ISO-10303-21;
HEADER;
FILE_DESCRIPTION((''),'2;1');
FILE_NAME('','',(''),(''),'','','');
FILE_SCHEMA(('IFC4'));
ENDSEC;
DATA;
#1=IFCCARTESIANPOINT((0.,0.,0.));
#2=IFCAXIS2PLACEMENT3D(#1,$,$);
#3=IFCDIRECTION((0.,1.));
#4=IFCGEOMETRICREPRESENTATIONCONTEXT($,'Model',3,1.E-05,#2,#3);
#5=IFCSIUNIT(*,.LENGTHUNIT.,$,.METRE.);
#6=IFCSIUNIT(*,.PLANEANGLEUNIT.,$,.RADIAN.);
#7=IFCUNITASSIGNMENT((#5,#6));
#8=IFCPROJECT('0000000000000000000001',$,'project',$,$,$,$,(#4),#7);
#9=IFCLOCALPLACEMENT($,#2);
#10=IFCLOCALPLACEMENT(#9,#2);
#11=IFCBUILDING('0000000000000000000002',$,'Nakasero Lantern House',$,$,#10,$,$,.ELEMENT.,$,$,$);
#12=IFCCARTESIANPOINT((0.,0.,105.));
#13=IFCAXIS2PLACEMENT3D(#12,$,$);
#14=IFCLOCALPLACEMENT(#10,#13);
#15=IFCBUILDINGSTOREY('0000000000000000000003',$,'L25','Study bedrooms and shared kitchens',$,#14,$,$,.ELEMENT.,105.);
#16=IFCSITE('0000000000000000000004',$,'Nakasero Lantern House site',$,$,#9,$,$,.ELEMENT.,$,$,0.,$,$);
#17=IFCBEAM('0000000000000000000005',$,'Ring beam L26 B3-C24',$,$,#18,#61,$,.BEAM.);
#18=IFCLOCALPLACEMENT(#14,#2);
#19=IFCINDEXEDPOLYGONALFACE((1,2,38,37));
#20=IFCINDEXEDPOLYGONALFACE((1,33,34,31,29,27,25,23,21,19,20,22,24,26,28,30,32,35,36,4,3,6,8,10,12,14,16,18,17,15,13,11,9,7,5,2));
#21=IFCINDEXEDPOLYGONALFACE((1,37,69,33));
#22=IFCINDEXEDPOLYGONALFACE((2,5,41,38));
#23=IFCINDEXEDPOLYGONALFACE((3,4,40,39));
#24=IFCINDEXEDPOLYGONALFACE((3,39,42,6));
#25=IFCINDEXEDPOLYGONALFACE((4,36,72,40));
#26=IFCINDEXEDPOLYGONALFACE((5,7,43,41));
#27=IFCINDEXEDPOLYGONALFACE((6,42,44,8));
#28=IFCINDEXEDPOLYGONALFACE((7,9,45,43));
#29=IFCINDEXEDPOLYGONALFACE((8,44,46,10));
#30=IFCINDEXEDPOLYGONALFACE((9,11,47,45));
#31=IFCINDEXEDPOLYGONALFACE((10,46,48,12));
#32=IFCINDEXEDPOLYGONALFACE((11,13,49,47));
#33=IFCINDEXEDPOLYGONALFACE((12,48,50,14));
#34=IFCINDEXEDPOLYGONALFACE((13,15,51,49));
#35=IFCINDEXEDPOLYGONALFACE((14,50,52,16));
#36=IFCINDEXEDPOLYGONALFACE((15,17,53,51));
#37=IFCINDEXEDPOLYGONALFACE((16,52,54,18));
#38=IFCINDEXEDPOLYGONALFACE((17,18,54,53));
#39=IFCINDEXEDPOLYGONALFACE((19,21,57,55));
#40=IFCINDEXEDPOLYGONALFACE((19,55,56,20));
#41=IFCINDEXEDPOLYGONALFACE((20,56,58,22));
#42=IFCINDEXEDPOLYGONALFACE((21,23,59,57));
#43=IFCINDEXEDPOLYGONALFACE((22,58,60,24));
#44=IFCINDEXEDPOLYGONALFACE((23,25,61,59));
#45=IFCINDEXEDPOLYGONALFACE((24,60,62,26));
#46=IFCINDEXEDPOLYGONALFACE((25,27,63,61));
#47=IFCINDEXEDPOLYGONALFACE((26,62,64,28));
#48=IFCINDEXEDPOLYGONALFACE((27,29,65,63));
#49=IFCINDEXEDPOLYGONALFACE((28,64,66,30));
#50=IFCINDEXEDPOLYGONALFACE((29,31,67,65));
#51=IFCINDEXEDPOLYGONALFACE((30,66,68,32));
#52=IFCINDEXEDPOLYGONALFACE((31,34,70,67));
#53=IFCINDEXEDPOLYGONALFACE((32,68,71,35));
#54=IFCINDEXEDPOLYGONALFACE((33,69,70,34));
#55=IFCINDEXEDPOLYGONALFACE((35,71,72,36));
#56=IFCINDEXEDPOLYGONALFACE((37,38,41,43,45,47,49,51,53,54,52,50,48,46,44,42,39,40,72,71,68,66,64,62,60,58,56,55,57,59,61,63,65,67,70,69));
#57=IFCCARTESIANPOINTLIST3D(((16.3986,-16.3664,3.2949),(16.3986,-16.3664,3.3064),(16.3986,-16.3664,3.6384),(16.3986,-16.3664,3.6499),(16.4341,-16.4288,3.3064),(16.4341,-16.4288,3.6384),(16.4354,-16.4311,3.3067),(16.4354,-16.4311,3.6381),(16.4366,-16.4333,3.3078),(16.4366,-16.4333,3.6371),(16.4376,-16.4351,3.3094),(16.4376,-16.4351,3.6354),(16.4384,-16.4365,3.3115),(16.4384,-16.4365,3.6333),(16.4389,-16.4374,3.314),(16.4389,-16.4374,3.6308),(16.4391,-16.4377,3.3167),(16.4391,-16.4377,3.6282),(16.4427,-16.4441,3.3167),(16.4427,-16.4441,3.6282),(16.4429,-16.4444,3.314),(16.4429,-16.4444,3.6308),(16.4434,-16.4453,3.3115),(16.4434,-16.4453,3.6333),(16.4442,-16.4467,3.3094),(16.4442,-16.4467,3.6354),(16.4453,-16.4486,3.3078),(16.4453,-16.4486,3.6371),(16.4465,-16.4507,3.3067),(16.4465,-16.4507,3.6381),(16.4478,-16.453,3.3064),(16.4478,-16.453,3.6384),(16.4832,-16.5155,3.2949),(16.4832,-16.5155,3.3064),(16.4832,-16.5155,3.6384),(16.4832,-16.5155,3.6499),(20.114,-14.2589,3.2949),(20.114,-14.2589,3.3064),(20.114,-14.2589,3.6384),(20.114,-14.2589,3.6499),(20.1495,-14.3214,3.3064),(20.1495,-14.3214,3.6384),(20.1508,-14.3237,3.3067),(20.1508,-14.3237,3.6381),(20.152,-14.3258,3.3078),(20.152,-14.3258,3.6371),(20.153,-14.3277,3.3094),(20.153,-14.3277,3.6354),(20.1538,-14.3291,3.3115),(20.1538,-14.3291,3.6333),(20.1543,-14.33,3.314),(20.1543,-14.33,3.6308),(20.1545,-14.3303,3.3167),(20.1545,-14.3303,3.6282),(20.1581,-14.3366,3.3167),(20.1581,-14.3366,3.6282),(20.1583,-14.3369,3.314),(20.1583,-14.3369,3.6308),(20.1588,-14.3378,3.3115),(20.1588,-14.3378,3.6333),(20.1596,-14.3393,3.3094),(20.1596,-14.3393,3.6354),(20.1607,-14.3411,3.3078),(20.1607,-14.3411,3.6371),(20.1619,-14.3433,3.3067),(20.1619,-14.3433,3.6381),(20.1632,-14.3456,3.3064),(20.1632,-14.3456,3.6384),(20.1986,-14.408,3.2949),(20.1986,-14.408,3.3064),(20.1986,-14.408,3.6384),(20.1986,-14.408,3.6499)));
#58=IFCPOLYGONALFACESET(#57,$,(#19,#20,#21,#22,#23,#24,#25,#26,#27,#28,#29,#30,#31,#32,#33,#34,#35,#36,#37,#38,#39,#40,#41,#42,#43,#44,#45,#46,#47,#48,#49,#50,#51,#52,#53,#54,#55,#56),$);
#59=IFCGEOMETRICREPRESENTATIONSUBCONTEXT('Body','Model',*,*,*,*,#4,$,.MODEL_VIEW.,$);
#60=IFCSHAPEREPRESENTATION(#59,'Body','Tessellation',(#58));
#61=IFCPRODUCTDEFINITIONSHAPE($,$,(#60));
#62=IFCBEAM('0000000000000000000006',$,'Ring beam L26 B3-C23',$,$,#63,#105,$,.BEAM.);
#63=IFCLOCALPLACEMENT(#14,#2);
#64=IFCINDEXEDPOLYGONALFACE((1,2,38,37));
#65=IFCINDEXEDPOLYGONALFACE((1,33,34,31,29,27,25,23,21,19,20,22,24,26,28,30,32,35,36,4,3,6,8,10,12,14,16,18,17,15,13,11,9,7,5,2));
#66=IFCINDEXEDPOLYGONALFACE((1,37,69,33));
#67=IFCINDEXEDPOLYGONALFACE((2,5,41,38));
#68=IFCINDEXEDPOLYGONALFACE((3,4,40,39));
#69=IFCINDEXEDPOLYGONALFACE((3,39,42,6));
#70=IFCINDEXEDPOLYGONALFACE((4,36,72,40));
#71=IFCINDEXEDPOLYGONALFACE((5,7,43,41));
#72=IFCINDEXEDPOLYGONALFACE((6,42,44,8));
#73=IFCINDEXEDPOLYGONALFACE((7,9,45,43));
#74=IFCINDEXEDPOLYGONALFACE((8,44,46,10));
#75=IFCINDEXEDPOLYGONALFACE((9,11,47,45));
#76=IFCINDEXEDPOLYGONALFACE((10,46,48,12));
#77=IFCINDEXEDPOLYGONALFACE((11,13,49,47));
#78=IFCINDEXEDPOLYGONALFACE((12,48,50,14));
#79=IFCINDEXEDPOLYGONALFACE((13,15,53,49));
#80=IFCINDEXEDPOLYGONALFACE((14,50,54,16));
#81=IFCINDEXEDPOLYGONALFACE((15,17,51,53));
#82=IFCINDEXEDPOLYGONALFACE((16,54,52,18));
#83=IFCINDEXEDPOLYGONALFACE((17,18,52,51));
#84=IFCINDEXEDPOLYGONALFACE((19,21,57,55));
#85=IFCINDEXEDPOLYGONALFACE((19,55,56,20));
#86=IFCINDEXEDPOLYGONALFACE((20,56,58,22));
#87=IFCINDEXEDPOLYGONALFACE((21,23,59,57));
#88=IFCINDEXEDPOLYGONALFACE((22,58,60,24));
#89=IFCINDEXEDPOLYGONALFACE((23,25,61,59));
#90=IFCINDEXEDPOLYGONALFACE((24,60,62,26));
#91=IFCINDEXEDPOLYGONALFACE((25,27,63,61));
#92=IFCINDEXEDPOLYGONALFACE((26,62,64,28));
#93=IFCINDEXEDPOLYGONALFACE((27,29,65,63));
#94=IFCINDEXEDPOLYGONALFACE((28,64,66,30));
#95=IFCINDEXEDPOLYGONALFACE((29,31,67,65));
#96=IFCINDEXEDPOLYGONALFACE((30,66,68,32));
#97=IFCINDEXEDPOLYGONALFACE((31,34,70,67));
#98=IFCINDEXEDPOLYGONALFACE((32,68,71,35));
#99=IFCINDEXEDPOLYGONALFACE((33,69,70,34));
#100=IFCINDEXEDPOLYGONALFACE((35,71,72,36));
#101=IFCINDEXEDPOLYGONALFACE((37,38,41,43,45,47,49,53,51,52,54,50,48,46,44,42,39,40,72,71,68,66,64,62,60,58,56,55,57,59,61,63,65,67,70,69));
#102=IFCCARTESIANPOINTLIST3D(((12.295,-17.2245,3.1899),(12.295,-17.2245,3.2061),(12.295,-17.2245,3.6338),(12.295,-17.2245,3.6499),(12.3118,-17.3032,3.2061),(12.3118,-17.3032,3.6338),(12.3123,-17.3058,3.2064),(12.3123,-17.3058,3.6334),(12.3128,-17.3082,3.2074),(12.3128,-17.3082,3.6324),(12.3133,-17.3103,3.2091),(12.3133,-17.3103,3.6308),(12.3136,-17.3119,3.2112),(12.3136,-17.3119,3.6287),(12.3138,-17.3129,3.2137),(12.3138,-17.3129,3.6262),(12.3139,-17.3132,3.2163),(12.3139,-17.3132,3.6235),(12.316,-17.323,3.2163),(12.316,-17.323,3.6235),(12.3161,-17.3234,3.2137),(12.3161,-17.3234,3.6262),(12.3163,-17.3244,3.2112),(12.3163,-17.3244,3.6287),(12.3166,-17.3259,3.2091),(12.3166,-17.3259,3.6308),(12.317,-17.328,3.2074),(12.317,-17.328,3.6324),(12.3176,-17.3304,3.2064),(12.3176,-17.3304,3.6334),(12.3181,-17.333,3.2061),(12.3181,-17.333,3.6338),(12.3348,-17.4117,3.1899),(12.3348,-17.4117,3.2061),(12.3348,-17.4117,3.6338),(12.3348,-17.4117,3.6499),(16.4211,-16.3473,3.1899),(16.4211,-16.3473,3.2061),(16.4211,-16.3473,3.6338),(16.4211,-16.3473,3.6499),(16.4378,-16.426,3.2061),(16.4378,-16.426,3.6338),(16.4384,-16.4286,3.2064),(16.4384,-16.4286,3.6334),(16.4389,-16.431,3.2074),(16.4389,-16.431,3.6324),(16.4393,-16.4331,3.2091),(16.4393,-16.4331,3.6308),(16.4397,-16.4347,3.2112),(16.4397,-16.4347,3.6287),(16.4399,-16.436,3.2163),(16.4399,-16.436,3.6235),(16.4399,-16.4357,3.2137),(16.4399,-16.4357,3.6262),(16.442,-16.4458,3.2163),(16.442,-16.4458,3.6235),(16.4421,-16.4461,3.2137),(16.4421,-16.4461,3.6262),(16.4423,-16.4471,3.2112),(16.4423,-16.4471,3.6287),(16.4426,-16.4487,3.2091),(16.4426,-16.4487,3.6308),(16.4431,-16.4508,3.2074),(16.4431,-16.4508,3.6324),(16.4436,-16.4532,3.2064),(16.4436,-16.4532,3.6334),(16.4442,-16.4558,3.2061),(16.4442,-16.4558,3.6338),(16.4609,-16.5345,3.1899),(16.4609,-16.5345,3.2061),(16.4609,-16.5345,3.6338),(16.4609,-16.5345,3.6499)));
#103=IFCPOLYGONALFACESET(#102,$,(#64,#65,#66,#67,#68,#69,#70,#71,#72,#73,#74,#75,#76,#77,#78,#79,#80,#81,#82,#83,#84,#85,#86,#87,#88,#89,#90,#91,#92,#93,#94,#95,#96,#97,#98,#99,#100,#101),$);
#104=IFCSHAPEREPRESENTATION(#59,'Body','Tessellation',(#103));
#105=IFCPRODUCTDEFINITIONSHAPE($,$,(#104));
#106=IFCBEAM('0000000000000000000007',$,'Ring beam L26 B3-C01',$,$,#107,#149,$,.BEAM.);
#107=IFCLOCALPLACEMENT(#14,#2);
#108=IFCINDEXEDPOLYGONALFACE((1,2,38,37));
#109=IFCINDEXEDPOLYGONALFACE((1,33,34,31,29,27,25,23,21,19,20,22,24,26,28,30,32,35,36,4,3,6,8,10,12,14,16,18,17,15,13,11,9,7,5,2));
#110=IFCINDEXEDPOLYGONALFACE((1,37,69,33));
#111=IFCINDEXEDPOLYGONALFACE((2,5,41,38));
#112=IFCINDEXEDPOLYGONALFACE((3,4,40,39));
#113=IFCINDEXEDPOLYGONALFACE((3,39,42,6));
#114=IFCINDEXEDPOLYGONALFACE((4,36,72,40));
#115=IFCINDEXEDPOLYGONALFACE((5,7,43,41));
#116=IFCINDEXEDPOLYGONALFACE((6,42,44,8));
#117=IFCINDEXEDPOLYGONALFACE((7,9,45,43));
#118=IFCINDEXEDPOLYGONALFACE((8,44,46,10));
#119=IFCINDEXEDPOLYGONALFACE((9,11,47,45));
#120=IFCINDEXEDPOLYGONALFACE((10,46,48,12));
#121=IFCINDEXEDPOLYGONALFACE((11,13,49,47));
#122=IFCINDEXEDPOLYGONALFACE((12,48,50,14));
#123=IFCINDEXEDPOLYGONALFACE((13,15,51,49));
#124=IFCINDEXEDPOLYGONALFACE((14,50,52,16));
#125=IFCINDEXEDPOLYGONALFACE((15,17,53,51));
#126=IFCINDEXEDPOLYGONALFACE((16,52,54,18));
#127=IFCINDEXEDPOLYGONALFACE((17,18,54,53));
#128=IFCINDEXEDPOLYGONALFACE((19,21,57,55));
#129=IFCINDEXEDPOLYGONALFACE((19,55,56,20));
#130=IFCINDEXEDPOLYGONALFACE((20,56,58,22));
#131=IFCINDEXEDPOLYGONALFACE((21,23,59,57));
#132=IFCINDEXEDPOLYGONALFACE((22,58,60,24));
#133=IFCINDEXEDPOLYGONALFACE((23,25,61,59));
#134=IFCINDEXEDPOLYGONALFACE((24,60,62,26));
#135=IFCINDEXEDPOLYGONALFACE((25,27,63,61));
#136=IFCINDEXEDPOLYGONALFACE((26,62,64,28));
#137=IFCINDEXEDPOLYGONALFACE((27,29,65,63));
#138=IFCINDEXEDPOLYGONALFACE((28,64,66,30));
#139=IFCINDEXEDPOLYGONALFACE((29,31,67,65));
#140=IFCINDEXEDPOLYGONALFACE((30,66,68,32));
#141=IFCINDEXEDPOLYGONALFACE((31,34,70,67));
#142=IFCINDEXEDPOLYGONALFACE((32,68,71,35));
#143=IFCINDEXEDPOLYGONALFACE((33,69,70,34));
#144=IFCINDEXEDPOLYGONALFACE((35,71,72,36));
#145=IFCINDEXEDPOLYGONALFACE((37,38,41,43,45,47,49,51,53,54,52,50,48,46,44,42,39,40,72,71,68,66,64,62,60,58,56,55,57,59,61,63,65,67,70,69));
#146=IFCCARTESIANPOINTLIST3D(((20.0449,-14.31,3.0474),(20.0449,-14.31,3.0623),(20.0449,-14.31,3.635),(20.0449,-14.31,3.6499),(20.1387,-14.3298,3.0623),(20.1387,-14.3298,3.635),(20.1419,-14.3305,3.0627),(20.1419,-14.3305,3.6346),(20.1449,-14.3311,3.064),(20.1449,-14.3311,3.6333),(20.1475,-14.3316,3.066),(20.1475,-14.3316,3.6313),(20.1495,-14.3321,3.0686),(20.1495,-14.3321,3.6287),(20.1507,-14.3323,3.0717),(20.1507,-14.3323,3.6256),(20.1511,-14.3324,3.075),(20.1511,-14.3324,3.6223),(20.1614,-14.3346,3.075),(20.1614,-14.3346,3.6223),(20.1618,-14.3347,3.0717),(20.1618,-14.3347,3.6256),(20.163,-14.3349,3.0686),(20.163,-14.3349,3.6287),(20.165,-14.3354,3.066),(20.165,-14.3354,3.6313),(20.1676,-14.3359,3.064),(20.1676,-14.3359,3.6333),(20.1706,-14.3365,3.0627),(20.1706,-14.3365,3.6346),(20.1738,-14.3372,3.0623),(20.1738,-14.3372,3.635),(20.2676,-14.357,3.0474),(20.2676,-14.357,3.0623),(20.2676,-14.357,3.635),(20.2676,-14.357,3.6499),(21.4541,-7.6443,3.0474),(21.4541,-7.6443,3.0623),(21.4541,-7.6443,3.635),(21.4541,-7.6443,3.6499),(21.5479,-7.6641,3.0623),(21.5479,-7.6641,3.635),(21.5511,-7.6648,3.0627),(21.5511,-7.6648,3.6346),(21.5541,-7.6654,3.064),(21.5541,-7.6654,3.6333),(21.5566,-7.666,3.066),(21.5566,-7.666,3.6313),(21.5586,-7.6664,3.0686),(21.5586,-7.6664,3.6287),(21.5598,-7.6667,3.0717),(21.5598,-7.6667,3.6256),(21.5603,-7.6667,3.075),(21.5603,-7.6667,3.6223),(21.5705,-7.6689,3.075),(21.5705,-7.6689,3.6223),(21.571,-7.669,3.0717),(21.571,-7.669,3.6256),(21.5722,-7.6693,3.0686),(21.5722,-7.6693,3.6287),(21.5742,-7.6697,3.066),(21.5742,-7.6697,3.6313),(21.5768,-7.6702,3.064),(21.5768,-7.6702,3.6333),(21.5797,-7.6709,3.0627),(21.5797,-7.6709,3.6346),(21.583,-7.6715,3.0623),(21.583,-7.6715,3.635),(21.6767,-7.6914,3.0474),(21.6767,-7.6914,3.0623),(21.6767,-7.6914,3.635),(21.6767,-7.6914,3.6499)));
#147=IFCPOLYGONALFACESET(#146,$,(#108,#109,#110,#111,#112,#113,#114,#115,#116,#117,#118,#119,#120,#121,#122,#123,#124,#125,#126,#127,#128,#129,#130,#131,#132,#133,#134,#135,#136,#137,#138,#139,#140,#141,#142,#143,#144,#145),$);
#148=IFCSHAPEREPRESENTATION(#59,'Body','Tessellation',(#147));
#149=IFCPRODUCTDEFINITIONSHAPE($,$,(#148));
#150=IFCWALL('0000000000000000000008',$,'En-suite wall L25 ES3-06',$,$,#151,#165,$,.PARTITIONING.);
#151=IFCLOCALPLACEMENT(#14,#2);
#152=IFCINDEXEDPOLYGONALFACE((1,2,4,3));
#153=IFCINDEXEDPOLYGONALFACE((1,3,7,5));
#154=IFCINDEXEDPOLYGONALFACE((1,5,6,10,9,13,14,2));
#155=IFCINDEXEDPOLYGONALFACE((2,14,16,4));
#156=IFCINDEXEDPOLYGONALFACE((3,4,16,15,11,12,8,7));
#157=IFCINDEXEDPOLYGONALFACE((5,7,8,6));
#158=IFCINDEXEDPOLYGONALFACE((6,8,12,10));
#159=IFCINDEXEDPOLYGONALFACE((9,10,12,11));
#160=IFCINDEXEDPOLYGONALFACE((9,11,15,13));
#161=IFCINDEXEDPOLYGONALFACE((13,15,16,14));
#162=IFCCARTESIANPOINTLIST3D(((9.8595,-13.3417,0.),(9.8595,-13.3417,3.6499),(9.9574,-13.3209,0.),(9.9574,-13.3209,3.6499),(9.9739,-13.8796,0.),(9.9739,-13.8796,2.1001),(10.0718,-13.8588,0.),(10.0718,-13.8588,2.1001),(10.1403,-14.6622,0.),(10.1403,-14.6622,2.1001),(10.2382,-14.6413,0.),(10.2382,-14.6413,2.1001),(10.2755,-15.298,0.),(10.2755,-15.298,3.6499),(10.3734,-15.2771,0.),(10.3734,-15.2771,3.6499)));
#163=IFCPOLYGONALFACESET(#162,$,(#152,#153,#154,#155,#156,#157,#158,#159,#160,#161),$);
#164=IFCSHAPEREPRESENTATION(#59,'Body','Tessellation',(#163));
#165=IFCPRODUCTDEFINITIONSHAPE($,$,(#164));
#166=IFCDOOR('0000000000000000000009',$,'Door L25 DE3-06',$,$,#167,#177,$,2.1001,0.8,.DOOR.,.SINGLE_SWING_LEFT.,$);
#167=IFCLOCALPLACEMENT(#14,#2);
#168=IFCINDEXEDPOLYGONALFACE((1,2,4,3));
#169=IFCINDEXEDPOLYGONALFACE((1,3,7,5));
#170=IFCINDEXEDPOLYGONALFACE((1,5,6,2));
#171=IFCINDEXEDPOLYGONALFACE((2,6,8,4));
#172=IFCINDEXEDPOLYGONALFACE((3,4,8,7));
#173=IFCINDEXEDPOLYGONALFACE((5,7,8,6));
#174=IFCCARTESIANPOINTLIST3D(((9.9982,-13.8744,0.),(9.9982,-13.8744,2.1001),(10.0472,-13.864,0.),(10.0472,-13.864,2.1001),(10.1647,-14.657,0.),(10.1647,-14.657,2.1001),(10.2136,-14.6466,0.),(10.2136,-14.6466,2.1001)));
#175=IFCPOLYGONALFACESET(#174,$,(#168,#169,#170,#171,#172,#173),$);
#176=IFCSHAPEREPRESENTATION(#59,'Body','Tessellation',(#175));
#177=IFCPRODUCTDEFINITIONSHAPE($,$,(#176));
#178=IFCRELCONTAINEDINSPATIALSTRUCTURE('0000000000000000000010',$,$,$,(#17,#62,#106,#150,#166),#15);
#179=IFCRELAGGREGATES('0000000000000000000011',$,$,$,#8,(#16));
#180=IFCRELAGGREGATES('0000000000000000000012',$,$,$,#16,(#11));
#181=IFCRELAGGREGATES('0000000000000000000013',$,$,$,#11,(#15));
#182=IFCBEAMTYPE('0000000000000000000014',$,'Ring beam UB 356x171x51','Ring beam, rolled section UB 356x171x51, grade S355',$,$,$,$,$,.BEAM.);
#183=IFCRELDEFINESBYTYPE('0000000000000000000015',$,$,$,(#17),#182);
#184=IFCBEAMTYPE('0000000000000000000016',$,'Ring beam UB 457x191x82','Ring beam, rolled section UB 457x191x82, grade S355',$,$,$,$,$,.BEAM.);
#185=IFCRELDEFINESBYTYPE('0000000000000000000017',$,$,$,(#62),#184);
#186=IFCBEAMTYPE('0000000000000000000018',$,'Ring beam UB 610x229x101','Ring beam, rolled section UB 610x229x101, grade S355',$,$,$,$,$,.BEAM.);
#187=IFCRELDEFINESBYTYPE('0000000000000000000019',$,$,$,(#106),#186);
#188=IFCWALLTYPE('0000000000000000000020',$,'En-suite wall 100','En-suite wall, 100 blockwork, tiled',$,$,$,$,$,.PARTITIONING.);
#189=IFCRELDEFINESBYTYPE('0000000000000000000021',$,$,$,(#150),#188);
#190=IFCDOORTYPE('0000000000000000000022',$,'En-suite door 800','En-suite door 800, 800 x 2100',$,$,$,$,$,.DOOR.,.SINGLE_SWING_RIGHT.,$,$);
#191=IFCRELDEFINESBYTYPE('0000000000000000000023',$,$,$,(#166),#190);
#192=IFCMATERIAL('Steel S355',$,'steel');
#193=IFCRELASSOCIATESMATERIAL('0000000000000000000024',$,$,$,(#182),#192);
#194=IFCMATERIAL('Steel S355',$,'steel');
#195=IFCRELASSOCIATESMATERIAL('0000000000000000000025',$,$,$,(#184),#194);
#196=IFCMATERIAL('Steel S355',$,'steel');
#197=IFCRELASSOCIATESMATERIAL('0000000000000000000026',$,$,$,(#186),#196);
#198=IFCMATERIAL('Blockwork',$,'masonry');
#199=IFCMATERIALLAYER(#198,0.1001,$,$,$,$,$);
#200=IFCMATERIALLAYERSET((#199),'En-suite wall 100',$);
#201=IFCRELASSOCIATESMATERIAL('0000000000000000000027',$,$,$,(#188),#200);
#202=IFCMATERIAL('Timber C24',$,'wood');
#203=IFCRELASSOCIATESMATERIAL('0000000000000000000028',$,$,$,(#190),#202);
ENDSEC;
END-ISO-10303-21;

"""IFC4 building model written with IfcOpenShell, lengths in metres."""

from ifc_helpers import new_model, si_unit, direction, frame, frame_2d, origin, origin_2d, place, context, subcontext, project, spatial, rectangle, i_section, extrude, material, layer, layer_set, material_profile, profile_set, type_object, element, fill, save


model = new_model("IFC4")

# Units and contexts
model_context = context("Model", 3, precision=1e-05, world=origin(), true_north=direction((0.0, 1.0)))
body_context = subcontext(model_context, "Body", "Model", "MODEL_VIEW")
ifc_project = project(units=[si_unit("LENGTHUNIT", "METRE"), si_unit("PLANEANGLEUNIT", "RADIAN")], contexts=[model_context])

# Site, building, storey
site_placement = place(None, origin())
site = spatial("IfcSite", under=ifc_project, at=site_placement, Name="Nakasero Lantern House site", CompositionType="ELEMENT", RefElevation=0.0)
building_placement = place(site_placement, origin())
building = spatial("IfcBuilding", under=site, at=building_placement, Name="Nakasero Lantern House", CompositionType="ELEMENT")
storey_placement = place(building_placement, frame((0.0, 0.0, 105.0)))
storey = spatial("IfcBuildingStorey", under=building, at=storey_placement, Name="L25", Description="Study bedrooms and shared kitchens", CompositionType="ELEMENT", Elevation=105.0)

# Beams
ifc_material_1 = material(Name="Steel S355", Category="steel")
ifc_material_profile_1 = material_profile(ifc_material_1, i_section(OverallWidth=0.1714, OverallDepth=0.355, WebThickness=0.0073, FlangeThickness=0.0115, FilletRadius=0.0103, at=origin_2d()), Name="UB 356x171x51")
ifc_profile_set_1 = profile_set([ifc_material_profile_1], Name="Steel S355")
beam_type_1 = type_object("IfcBeamType", Name="Ring beam UB 356x171x51", Description="Ring beam, rolled section UB 356x171x51, grade S355", PredefinedType="BEAM", material=ifc_profile_set_1)
beam_1_placement = place(storey_placement, frame((16.4409, -16.4409, 3.4724), z_axis=(0.869815, 0.493379, 0.0), x_axis=(-0.493379, 0.869815, 0.0)))
element("IfcBeam", 1, at=beam_1_placement, inside=storey, type_object=beam_type_1, Name="Ring beam L26 B3-C24", PredefinedType="BEAM", context=body_context, shape_type="SweptSolid", body=[
    extrude(i_section(OverallWidth=0.1714, OverallDepth=0.355, WebThickness=0.0073, FlangeThickness=0.0115, FilletRadius=0.0103, at=origin_2d()), origin(), (0.0, 0.0, 1.0), 4.2715),
])
ifc_material_2 = material(Name="Steel S355", Category="steel")
ifc_material_profile_2 = material_profile(ifc_material_2, i_section(OverallWidth=0.1914, OverallDepth=0.46, WebThickness=0.01, FlangeThickness=0.0161, FilletRadius=0.0103, at=origin_2d()), Name="UB 457x191x82")
ifc_profile_set_2 = profile_set([ifc_material_profile_2], Name="Steel S355")
beam_type_2 = type_object("IfcBeamType", Name="Ring beam UB 457x191x82", Description="Ring beam, rolled section UB 457x191x82, grade S355", PredefinedType="BEAM", material=ifc_profile_set_2)
beam_2_placement = place(storey_placement, frame((12.3149, -17.3181, 3.4199), z_axis=(0.978138, 0.207956, 0.0), x_axis=(-0.207956, 0.978138, 0.0)))
element("IfcBeam", 2, at=beam_2_placement, inside=storey, type_object=beam_type_2, Name="Ring beam L26 B3-C23", PredefinedType="BEAM", context=body_context, shape_type="SweptSolid", body=[
    extrude(i_section(OverallWidth=0.1914, OverallDepth=0.46, WebThickness=0.01, FlangeThickness=0.0161, FilletRadius=0.0103, at=origin_2d()), origin(), (0.0, 0.0, 1.0), 4.2183),
])
ifc_material_3 = material(Name="Steel S355", Category="steel")
ifc_material_profile_3 = material_profile(ifc_material_3, i_section(OverallWidth=0.2275, OverallDepth=0.6025, WebThickness=0.0105, FlangeThickness=0.0149, FilletRadius=0.0127, at=origin_2d()), Name="UB 610x229x101")
ifc_profile_set_3 = profile_set([ifc_material_profile_3], Name="Steel S355")
beam_type_3 = type_object("IfcBeamType", Name="Ring beam UB 610x229x101", Description="Ring beam, rolled section UB 610x229x101, grade S355", PredefinedType="BEAM", material=ifc_profile_set_3)
beam_3_placement = place(storey_placement, frame((20.1562, -14.3335, 3.3486), z_axis=(0.206834, 0.978376, 0.0), x_axis=(-0.978376, 0.206834, 0.0)))
element("IfcBeam", 3, at=beam_3_placement, inside=storey, type_object=beam_type_3, Name="Ring beam L26 B3-C01", PredefinedType="BEAM", context=body_context, shape_type="SweptSolid", body=[
    extrude(i_section(OverallWidth=0.2275, OverallDepth=0.6025, WebThickness=0.0105, FlangeThickness=0.0149, FilletRadius=0.0127, at=origin_2d()), origin(), (0.0, 0.0, 1.0), 6.813),
])

# Wall, opening, door
ifc_material_4 = material(Name="Blockwork", Category="masonry")
ifc_layer_1 = layer(ifc_material_4, 0.1001)
ifc_layer_set_1 = layer_set([ifc_layer_1], Name="En-suite wall 100")
wall_type_1 = type_object("IfcWallType", Name="En-suite wall 100", Description="En-suite wall, 100 blockwork, tiled", PredefinedType="PARTITIONING", material=ifc_layer_set_1)
wall_1_placement = place(storey_placement, frame((9.9084, -13.3313, 0.0), z_axis=(0.0, 0.0, 1.0), x_axis=(0.208003, -0.978128, 0.0)))
wall_1 = element("IfcWall", 4, at=wall_1_placement, inside=storey, type_object=wall_type_1, Name="En-suite wall L25 ES3-06", PredefinedType="PARTITIONING", context=body_context, shape_type="SweptSolid", body=[
    extrude(rectangle(XDim=2.0, YDim=0.1001, at=frame_2d((1.0, 0.0))), origin(), (0.0, 0.0, 1.0), 3.6499),
])
opening_1_placement = place(wall_1_placement, frame((0.55, 0.0, 0.0)))
opening_1 = element("IfcOpeningElement", 5, at=opening_1_placement, cuts=wall_1, PredefinedType="OPENING", context=body_context, shape_type="SweptSolid", body=[
    extrude(rectangle(XDim=0.8, YDim=2.1001, at=frame_2d((0.3999, 1.05))), frame((0.0, 0.0701, 0.0), z_axis=(0.0, -1.0, 0.0), x_axis=(1.0, 0.0, 0.0)), (0.0, 0.0, 1.0), 0.1401),
])
ifc_material_5 = material(Name="Timber C24", Category="wood")
door_type_1 = type_object("IfcDoorType", Name="En-suite door 800", Description="En-suite door 800, 800 x 2100", OperationType="SINGLE_SWING_RIGHT", PredefinedType="DOOR", material=ifc_material_5)
door_1_placement = place(opening_1_placement, origin())
door_1 = element("IfcDoor", 6, at=door_1_placement, inside=storey, type_object=door_type_1, Name="Door L25 DE3-06", OperationType="SINGLE_SWING_LEFT", OverallHeight=2.1001, OverallWidth=0.8, PredefinedType="DOOR", context=body_context, shape_type="SweptSolid", body=[
    extrude(rectangle(XDim=0.8, YDim=2.1001, at=frame_2d((0.3999, 1.05))), frame((0.0, 0.0249, 0.0), z_axis=(0.0, -1.0, 0.0), x_axis=(1.0, 0.0, 0.0)), (0.0, 0.0, 1.0), 0.05),
])
fill(opening_1, door_1)

save(model, "model.ifc")
